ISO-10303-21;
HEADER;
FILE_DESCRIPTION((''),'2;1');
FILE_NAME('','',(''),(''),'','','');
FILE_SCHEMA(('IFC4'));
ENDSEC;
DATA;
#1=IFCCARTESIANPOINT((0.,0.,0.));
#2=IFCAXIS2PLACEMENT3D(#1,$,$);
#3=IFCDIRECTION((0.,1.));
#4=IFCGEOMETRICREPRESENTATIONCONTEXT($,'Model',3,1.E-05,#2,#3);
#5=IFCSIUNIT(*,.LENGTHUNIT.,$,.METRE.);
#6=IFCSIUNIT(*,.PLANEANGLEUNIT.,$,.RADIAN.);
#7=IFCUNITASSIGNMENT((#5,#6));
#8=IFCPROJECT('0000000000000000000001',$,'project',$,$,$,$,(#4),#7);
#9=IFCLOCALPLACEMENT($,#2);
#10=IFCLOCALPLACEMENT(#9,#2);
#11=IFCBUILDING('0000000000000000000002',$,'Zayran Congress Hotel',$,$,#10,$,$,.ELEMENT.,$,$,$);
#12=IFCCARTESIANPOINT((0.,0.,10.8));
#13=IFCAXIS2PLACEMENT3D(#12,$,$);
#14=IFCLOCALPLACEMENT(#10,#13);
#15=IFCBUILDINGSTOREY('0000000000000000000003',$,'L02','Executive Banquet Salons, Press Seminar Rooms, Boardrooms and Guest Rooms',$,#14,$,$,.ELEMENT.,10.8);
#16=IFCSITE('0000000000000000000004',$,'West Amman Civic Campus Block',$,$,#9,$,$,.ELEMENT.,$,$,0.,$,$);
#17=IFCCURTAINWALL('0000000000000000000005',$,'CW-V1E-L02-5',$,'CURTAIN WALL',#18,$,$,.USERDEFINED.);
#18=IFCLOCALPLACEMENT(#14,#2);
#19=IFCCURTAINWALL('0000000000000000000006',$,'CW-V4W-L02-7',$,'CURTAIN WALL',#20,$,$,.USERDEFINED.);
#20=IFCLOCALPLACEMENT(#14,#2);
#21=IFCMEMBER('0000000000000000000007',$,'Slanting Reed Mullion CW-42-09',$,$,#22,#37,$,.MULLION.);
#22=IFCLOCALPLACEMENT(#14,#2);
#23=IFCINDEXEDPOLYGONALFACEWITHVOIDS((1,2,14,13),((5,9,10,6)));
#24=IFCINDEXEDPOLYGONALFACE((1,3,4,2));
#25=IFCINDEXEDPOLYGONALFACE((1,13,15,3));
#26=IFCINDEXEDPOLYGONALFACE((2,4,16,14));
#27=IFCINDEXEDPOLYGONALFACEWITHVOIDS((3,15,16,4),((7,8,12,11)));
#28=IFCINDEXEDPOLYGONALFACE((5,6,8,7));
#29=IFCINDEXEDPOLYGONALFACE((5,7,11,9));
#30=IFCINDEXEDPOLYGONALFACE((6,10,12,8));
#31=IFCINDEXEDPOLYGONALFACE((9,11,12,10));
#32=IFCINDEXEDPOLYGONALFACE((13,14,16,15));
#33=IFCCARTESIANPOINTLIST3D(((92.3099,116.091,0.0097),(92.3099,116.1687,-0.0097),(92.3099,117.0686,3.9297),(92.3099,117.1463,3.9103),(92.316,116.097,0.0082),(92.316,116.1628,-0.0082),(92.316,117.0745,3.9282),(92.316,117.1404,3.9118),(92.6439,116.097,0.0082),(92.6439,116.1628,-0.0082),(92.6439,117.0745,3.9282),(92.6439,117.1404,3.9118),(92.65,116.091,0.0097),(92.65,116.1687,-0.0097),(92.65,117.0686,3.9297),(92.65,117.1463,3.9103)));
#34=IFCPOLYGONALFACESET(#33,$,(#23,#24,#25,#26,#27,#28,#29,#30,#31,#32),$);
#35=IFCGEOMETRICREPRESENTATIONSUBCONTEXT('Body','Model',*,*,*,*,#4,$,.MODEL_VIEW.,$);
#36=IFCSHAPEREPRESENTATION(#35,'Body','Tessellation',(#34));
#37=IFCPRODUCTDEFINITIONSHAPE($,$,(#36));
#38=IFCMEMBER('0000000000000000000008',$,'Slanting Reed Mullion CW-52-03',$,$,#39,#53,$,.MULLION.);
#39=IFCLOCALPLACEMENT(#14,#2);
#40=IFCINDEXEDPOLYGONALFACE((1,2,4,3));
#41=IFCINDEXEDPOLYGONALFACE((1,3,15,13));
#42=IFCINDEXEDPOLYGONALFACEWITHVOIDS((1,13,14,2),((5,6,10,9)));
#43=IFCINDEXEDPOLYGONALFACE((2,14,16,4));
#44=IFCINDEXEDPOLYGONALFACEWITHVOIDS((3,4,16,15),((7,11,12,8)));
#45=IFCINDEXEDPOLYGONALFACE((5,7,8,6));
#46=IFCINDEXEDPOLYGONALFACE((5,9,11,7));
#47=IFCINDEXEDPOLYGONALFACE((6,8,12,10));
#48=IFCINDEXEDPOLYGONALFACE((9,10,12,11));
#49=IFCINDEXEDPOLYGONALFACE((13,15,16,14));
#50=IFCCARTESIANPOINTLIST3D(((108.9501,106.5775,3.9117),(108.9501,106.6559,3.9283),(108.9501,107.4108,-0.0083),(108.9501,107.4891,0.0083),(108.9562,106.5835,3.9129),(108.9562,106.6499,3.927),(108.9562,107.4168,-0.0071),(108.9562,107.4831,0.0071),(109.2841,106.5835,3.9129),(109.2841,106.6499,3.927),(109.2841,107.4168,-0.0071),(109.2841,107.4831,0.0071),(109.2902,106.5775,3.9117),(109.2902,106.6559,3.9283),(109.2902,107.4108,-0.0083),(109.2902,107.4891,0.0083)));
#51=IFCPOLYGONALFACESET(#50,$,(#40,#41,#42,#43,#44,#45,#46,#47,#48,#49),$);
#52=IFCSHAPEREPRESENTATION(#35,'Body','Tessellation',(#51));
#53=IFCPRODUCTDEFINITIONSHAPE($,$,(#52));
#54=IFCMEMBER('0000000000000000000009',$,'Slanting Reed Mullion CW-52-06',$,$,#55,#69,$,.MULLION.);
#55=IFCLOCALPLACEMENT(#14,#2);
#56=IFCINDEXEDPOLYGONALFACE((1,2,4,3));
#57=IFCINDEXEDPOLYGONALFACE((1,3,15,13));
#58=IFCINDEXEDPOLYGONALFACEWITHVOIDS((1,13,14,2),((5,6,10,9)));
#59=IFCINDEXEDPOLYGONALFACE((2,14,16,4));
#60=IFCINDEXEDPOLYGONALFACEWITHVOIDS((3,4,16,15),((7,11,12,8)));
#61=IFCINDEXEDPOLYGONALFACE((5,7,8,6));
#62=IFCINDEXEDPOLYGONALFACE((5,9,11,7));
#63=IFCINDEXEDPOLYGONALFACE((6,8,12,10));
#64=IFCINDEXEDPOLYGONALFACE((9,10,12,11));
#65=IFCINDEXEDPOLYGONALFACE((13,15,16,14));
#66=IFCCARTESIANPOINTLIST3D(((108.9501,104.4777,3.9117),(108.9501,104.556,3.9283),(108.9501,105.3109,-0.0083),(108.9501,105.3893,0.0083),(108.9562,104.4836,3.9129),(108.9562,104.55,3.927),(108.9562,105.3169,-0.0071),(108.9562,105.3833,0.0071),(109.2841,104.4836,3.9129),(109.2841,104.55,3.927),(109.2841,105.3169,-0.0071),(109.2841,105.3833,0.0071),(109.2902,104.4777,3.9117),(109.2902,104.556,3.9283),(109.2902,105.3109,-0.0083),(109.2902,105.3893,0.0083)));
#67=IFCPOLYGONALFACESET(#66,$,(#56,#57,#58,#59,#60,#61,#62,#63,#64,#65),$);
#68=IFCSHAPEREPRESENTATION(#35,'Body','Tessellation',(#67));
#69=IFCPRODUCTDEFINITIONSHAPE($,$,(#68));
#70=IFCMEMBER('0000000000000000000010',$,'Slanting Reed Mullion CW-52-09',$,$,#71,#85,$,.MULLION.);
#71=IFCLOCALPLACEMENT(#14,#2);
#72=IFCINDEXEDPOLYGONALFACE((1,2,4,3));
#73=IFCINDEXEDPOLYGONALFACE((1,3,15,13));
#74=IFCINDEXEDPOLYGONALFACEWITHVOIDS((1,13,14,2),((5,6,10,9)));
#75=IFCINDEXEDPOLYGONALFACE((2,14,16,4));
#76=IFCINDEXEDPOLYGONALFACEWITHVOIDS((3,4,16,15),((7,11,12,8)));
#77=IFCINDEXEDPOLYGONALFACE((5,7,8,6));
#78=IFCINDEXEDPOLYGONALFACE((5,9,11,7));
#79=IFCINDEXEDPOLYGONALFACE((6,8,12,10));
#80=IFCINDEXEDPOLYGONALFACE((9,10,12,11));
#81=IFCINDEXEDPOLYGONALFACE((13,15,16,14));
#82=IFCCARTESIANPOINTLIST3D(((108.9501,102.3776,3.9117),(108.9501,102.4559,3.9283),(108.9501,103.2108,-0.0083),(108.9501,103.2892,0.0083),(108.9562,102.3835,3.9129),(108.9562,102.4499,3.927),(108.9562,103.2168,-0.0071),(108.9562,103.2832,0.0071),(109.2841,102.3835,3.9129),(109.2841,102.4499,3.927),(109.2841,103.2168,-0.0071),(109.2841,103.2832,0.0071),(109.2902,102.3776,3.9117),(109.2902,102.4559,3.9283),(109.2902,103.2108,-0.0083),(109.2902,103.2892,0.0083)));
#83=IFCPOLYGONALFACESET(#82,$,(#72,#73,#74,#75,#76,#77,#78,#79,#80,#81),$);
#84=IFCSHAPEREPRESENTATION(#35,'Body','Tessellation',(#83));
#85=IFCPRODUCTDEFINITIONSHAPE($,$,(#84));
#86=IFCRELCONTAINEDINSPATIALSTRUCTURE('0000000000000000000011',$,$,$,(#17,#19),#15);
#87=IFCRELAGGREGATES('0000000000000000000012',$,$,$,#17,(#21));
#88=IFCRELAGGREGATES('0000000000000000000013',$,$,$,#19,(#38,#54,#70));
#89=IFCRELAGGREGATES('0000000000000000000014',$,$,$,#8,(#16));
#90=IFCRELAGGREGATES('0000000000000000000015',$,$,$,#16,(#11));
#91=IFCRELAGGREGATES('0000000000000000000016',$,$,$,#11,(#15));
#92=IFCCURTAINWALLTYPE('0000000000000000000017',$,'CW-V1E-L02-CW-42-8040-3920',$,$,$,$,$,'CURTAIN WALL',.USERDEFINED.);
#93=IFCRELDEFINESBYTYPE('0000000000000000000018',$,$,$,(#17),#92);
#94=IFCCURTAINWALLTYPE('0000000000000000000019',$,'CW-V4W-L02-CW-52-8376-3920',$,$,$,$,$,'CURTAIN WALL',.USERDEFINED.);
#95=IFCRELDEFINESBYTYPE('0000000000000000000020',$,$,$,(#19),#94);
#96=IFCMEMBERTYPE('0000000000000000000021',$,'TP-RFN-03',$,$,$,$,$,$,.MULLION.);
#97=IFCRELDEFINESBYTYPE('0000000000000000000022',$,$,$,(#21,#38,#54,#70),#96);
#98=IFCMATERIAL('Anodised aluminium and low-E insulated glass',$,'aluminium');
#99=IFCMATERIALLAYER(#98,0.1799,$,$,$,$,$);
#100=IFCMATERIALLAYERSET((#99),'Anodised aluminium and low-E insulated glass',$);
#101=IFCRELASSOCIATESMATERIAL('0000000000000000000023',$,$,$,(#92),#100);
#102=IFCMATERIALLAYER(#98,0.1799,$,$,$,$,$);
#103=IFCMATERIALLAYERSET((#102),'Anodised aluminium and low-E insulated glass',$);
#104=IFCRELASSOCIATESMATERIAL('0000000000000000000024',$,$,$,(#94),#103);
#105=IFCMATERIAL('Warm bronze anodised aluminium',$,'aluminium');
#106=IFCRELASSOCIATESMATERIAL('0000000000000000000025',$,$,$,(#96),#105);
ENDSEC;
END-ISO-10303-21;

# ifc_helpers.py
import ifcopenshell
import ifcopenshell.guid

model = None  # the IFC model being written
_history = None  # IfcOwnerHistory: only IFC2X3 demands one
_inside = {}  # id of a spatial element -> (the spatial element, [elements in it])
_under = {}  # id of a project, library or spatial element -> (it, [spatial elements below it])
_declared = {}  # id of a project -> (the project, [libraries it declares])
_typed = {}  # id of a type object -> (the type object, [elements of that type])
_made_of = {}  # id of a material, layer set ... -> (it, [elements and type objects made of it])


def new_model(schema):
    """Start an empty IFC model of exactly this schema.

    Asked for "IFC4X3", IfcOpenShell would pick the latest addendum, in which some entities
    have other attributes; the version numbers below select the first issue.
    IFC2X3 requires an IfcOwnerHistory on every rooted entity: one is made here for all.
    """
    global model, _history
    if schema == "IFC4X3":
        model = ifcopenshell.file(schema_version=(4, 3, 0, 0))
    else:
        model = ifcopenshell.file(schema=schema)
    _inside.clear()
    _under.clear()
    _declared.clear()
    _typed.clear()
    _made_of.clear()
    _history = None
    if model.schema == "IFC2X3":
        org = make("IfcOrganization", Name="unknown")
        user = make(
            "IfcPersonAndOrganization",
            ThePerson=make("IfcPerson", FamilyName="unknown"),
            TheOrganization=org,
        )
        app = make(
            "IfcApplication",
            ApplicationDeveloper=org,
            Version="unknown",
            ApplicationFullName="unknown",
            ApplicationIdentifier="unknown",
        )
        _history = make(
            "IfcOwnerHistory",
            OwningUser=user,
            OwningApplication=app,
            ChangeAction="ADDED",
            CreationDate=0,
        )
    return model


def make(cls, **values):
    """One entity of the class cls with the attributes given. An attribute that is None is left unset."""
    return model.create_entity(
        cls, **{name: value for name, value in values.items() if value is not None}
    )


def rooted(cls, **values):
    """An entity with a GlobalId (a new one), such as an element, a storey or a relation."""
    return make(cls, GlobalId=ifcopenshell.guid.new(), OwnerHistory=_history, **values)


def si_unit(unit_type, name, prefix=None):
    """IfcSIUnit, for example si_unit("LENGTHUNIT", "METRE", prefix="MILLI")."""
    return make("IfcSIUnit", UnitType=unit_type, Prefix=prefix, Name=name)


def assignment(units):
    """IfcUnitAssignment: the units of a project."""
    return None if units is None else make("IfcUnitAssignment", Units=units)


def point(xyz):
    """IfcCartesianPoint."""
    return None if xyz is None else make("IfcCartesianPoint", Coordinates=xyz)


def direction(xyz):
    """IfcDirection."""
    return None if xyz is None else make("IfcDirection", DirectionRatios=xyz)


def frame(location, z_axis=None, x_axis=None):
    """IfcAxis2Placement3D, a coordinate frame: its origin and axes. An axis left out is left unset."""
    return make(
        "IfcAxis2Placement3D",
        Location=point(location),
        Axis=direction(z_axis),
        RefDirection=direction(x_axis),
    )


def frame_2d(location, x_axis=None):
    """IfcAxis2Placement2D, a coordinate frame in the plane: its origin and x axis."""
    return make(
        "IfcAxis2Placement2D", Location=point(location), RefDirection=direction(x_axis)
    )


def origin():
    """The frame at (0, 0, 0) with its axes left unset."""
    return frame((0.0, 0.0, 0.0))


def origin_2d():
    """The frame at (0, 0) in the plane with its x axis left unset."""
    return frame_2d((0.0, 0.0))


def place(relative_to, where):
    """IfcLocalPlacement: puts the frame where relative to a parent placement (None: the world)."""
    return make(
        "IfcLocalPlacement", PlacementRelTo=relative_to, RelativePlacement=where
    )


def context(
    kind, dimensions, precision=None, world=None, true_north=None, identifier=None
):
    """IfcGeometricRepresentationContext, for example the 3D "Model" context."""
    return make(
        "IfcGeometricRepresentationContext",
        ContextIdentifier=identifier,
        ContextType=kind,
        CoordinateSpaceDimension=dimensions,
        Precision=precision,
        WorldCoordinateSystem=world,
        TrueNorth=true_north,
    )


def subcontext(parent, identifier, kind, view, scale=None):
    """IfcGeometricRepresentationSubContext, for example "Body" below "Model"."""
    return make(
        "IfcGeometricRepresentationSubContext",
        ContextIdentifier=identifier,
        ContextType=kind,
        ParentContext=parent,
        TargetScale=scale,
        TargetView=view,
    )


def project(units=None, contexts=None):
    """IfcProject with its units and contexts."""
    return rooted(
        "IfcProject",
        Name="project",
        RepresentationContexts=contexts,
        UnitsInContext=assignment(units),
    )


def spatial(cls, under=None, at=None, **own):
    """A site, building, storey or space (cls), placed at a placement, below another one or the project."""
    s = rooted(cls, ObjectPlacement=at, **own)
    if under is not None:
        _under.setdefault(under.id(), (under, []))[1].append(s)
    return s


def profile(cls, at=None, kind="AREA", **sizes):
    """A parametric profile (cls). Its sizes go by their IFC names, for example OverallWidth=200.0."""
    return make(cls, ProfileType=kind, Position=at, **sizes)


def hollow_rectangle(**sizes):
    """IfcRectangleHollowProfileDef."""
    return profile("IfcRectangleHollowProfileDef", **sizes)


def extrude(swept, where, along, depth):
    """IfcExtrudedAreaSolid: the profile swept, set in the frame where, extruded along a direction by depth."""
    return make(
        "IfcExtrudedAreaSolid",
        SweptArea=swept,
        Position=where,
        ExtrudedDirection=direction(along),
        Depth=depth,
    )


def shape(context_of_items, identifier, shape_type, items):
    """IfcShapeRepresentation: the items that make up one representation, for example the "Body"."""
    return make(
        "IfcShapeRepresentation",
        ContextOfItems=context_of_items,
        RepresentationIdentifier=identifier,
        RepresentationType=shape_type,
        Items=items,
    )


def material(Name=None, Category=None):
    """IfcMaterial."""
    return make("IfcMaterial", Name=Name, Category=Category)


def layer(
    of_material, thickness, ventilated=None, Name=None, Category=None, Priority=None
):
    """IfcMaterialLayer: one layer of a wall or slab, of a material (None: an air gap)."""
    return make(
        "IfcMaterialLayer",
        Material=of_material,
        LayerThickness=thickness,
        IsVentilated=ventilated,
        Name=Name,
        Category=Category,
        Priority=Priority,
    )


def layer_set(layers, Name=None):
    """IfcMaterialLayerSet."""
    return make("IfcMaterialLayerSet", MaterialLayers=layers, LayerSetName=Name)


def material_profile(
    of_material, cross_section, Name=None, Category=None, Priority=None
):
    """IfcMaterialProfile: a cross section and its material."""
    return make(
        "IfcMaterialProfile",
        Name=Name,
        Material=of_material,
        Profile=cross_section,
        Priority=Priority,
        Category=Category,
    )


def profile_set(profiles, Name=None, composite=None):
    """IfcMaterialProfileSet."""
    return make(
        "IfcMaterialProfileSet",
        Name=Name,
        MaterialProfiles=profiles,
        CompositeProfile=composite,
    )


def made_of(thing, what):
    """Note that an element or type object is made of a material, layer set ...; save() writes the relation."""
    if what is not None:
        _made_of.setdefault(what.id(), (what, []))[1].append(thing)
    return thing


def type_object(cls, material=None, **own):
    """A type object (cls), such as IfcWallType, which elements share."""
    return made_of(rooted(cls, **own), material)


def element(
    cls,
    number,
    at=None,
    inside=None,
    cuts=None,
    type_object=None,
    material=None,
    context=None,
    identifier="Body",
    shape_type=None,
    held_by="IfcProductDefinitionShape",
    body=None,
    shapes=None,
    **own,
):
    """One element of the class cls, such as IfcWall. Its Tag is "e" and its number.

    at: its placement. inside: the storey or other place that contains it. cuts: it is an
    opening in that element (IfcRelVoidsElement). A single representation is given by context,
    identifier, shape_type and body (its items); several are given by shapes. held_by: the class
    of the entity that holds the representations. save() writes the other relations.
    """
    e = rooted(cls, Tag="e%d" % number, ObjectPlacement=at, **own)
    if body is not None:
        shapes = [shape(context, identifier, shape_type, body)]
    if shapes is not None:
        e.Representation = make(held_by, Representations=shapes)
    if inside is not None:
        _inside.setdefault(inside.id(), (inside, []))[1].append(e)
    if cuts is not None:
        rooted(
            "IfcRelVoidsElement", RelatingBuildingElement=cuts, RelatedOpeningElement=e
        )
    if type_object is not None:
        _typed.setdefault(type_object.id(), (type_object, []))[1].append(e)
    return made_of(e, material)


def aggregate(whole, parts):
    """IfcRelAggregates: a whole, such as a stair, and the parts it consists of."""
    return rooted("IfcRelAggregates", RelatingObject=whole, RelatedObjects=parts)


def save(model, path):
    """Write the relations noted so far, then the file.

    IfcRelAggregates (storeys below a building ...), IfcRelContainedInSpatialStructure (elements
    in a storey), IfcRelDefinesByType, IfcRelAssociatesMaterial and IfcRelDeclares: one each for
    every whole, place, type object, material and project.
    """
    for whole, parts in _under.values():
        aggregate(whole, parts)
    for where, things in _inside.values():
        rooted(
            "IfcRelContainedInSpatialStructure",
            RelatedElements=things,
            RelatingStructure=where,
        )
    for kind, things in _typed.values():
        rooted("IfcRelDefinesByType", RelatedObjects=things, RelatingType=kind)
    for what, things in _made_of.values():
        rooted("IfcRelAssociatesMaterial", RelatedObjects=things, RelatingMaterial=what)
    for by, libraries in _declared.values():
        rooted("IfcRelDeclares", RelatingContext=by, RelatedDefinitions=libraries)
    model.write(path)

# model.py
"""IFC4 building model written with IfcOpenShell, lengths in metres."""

from ifc_helpers import new_model, si_unit, direction, frame, origin, origin_2d, place, context, subcontext, project, spatial, hollow_rectangle, extrude, material, layer, layer_set, material_profile, profile_set, type_object, element, aggregate, save


model = new_model("IFC4")

# Units and contexts
model_context = context("Model", 3, precision=1e-05, world=origin(), true_north=direction((0.0, 1.0)))
body_context = subcontext(model_context, "Body", "Model", "MODEL_VIEW")
ifc_project = project(units=[si_unit("LENGTHUNIT", "METRE"), si_unit("PLANEANGLEUNIT", "RADIAN")], contexts=[model_context])

# Site, building, storey
site_placement = place(None, origin())
site = spatial("IfcSite", under=ifc_project, at=site_placement, Name="West Amman Civic Campus Block", CompositionType="ELEMENT", RefElevation=0.0)
building_placement = place(site_placement, origin())
building = spatial("IfcBuilding", under=site, at=building_placement, Name="Zayran Congress Hotel", CompositionType="ELEMENT")
storey_placement = place(building_placement, frame((0.0, 0.0, 10.8)))
storey = spatial("IfcBuildingStorey", under=building, at=storey_placement, Name="L02", Description="Executive Banquet Salons, Press Seminar Rooms, Boardrooms and Guest Rooms", CompositionType="ELEMENT", Elevation=10.8)

# Curtain walls
ifc_material_1 = material(Name="Anodised aluminium and low-E insulated glass", Category="aluminium")
ifc_material_2 = material(Name="Warm bronze anodised aluminium", Category="aluminium")
ifc_layer_1 = layer(ifc_material_1, 0.1799)
ifc_layer_set_1 = layer_set([ifc_layer_1], Name="Anodised aluminium and low-E insulated glass")
curtain_wall_type_1 = type_object("IfcCurtainWallType", Name="CW-V1E-L02-CW-42-8040-3920", ElementType="CURTAIN WALL", PredefinedType="USERDEFINED", material=ifc_layer_set_1)
curtain_wall_1_placement = place(storey_placement, origin())
curtain_wall_1 = element("IfcCurtainWall", 1, at=curtain_wall_1_placement, inside=storey, type_object=curtain_wall_type_1, Name="CW-V1E-L02-5", ObjectType="CURTAIN WALL", PredefinedType="USERDEFINED")
ifc_layer_2 = layer(ifc_material_1, 0.1799)
ifc_layer_set_2 = layer_set([ifc_layer_2], Name="Anodised aluminium and low-E insulated glass")
curtain_wall_type_2 = type_object("IfcCurtainWallType", Name="CW-V4W-L02-CW-52-8376-3920", ElementType="CURTAIN WALL", PredefinedType="USERDEFINED", material=ifc_layer_set_2)
curtain_wall_2_placement = place(storey_placement, origin())
curtain_wall_2 = element("IfcCurtainWall", 2, at=curtain_wall_2_placement, inside=storey, type_object=curtain_wall_type_2, Name="CW-V4W-L02-7", ObjectType="CURTAIN WALL", PredefinedType="USERDEFINED")

# Members
ifc_material_profile_1 = material_profile(ifc_material_2, hollow_rectangle(XDim=0.0801, YDim=0.3401, WallThickness=0.0061, at=origin_2d()), Name="RHS 340x80x6")
ifc_profile_set_1 = profile_set([ifc_material_profile_1], Name="Warm bronze anodised aluminium")
member_type_1 = type_object("IfcMemberType", Name="TP-RFN-03", PredefinedType="MULLION", material=ifc_profile_set_1)
member_1_placement = place(storey_placement, frame((92.48, 116.1299, 0.0), z_axis=(0.0, 0.241967, 0.970285), x_axis=(0.0, -0.970285, 0.241967)))
member_1 = element("IfcMember", 3, at=member_1_placement, type_object=member_type_1, Name="Slanting Reed Mullion CW-42-09", PredefinedType="MULLION", context=body_context, shape_type="SweptSolid", body=[
    extrude(hollow_rectangle(XDim=0.0801, YDim=0.3401, WallThickness=0.0061, at=origin_2d()), origin(), (0.0, 0.0, 1.0), 4.04),
])
aggregate(curtain_wall_1, [member_1])
member_2_placement = place(storey_placement, frame((109.1201, 107.45, 0.0), z_axis=(0.0, -0.207923, 0.978145), x_axis=(0.0, 0.978145, 0.207923)))
member_2 = element("IfcMember", 4, at=member_2_placement, type_object=member_type_1, Name="Slanting Reed Mullion CW-52-03", PredefinedType="MULLION", context=body_context, shape_type="SweptSolid", body=[
    extrude(hollow_rectangle(XDim=0.0801, YDim=0.3401, WallThickness=0.0061, at=origin_2d()), origin(), (0.0, 0.0, 1.0), 4.0076),
])
member_3_placement = place(storey_placement, frame((109.1201, 105.3501, 0.0), z_axis=(0.0, -0.207923, 0.978145), x_axis=(0.0, 0.978145, 0.207923)))
member_3 = element("IfcMember", 5, at=member_3_placement, type_object=member_type_1, Name="Slanting Reed Mullion CW-52-06", PredefinedType="MULLION", context=body_context, shape_type="SweptSolid", body=[
    extrude(hollow_rectangle(XDim=0.0801, YDim=0.3401, WallThickness=0.0061, at=origin_2d()), origin(), (0.0, 0.0, 1.0), 4.0076),
])
member_4_placement = place(storey_placement, frame((109.1201, 103.25, 0.0), z_axis=(0.0, -0.207923, 0.978145), x_axis=(0.0, 0.978145, 0.207923)))
member_4 = element("IfcMember", 6, at=member_4_placement, type_object=member_type_1, Name="Slanting Reed Mullion CW-52-09", PredefinedType="MULLION", context=body_context, shape_type="SweptSolid", body=[
    extrude(hollow_rectangle(XDim=0.0801, YDim=0.3401, WallThickness=0.0061, at=origin_2d()), origin(), (0.0, 0.0, 1.0), 4.0076),
])
aggregate(curtain_wall_2, [member_2, member_3, member_4])

save(model, "model.ifc")
